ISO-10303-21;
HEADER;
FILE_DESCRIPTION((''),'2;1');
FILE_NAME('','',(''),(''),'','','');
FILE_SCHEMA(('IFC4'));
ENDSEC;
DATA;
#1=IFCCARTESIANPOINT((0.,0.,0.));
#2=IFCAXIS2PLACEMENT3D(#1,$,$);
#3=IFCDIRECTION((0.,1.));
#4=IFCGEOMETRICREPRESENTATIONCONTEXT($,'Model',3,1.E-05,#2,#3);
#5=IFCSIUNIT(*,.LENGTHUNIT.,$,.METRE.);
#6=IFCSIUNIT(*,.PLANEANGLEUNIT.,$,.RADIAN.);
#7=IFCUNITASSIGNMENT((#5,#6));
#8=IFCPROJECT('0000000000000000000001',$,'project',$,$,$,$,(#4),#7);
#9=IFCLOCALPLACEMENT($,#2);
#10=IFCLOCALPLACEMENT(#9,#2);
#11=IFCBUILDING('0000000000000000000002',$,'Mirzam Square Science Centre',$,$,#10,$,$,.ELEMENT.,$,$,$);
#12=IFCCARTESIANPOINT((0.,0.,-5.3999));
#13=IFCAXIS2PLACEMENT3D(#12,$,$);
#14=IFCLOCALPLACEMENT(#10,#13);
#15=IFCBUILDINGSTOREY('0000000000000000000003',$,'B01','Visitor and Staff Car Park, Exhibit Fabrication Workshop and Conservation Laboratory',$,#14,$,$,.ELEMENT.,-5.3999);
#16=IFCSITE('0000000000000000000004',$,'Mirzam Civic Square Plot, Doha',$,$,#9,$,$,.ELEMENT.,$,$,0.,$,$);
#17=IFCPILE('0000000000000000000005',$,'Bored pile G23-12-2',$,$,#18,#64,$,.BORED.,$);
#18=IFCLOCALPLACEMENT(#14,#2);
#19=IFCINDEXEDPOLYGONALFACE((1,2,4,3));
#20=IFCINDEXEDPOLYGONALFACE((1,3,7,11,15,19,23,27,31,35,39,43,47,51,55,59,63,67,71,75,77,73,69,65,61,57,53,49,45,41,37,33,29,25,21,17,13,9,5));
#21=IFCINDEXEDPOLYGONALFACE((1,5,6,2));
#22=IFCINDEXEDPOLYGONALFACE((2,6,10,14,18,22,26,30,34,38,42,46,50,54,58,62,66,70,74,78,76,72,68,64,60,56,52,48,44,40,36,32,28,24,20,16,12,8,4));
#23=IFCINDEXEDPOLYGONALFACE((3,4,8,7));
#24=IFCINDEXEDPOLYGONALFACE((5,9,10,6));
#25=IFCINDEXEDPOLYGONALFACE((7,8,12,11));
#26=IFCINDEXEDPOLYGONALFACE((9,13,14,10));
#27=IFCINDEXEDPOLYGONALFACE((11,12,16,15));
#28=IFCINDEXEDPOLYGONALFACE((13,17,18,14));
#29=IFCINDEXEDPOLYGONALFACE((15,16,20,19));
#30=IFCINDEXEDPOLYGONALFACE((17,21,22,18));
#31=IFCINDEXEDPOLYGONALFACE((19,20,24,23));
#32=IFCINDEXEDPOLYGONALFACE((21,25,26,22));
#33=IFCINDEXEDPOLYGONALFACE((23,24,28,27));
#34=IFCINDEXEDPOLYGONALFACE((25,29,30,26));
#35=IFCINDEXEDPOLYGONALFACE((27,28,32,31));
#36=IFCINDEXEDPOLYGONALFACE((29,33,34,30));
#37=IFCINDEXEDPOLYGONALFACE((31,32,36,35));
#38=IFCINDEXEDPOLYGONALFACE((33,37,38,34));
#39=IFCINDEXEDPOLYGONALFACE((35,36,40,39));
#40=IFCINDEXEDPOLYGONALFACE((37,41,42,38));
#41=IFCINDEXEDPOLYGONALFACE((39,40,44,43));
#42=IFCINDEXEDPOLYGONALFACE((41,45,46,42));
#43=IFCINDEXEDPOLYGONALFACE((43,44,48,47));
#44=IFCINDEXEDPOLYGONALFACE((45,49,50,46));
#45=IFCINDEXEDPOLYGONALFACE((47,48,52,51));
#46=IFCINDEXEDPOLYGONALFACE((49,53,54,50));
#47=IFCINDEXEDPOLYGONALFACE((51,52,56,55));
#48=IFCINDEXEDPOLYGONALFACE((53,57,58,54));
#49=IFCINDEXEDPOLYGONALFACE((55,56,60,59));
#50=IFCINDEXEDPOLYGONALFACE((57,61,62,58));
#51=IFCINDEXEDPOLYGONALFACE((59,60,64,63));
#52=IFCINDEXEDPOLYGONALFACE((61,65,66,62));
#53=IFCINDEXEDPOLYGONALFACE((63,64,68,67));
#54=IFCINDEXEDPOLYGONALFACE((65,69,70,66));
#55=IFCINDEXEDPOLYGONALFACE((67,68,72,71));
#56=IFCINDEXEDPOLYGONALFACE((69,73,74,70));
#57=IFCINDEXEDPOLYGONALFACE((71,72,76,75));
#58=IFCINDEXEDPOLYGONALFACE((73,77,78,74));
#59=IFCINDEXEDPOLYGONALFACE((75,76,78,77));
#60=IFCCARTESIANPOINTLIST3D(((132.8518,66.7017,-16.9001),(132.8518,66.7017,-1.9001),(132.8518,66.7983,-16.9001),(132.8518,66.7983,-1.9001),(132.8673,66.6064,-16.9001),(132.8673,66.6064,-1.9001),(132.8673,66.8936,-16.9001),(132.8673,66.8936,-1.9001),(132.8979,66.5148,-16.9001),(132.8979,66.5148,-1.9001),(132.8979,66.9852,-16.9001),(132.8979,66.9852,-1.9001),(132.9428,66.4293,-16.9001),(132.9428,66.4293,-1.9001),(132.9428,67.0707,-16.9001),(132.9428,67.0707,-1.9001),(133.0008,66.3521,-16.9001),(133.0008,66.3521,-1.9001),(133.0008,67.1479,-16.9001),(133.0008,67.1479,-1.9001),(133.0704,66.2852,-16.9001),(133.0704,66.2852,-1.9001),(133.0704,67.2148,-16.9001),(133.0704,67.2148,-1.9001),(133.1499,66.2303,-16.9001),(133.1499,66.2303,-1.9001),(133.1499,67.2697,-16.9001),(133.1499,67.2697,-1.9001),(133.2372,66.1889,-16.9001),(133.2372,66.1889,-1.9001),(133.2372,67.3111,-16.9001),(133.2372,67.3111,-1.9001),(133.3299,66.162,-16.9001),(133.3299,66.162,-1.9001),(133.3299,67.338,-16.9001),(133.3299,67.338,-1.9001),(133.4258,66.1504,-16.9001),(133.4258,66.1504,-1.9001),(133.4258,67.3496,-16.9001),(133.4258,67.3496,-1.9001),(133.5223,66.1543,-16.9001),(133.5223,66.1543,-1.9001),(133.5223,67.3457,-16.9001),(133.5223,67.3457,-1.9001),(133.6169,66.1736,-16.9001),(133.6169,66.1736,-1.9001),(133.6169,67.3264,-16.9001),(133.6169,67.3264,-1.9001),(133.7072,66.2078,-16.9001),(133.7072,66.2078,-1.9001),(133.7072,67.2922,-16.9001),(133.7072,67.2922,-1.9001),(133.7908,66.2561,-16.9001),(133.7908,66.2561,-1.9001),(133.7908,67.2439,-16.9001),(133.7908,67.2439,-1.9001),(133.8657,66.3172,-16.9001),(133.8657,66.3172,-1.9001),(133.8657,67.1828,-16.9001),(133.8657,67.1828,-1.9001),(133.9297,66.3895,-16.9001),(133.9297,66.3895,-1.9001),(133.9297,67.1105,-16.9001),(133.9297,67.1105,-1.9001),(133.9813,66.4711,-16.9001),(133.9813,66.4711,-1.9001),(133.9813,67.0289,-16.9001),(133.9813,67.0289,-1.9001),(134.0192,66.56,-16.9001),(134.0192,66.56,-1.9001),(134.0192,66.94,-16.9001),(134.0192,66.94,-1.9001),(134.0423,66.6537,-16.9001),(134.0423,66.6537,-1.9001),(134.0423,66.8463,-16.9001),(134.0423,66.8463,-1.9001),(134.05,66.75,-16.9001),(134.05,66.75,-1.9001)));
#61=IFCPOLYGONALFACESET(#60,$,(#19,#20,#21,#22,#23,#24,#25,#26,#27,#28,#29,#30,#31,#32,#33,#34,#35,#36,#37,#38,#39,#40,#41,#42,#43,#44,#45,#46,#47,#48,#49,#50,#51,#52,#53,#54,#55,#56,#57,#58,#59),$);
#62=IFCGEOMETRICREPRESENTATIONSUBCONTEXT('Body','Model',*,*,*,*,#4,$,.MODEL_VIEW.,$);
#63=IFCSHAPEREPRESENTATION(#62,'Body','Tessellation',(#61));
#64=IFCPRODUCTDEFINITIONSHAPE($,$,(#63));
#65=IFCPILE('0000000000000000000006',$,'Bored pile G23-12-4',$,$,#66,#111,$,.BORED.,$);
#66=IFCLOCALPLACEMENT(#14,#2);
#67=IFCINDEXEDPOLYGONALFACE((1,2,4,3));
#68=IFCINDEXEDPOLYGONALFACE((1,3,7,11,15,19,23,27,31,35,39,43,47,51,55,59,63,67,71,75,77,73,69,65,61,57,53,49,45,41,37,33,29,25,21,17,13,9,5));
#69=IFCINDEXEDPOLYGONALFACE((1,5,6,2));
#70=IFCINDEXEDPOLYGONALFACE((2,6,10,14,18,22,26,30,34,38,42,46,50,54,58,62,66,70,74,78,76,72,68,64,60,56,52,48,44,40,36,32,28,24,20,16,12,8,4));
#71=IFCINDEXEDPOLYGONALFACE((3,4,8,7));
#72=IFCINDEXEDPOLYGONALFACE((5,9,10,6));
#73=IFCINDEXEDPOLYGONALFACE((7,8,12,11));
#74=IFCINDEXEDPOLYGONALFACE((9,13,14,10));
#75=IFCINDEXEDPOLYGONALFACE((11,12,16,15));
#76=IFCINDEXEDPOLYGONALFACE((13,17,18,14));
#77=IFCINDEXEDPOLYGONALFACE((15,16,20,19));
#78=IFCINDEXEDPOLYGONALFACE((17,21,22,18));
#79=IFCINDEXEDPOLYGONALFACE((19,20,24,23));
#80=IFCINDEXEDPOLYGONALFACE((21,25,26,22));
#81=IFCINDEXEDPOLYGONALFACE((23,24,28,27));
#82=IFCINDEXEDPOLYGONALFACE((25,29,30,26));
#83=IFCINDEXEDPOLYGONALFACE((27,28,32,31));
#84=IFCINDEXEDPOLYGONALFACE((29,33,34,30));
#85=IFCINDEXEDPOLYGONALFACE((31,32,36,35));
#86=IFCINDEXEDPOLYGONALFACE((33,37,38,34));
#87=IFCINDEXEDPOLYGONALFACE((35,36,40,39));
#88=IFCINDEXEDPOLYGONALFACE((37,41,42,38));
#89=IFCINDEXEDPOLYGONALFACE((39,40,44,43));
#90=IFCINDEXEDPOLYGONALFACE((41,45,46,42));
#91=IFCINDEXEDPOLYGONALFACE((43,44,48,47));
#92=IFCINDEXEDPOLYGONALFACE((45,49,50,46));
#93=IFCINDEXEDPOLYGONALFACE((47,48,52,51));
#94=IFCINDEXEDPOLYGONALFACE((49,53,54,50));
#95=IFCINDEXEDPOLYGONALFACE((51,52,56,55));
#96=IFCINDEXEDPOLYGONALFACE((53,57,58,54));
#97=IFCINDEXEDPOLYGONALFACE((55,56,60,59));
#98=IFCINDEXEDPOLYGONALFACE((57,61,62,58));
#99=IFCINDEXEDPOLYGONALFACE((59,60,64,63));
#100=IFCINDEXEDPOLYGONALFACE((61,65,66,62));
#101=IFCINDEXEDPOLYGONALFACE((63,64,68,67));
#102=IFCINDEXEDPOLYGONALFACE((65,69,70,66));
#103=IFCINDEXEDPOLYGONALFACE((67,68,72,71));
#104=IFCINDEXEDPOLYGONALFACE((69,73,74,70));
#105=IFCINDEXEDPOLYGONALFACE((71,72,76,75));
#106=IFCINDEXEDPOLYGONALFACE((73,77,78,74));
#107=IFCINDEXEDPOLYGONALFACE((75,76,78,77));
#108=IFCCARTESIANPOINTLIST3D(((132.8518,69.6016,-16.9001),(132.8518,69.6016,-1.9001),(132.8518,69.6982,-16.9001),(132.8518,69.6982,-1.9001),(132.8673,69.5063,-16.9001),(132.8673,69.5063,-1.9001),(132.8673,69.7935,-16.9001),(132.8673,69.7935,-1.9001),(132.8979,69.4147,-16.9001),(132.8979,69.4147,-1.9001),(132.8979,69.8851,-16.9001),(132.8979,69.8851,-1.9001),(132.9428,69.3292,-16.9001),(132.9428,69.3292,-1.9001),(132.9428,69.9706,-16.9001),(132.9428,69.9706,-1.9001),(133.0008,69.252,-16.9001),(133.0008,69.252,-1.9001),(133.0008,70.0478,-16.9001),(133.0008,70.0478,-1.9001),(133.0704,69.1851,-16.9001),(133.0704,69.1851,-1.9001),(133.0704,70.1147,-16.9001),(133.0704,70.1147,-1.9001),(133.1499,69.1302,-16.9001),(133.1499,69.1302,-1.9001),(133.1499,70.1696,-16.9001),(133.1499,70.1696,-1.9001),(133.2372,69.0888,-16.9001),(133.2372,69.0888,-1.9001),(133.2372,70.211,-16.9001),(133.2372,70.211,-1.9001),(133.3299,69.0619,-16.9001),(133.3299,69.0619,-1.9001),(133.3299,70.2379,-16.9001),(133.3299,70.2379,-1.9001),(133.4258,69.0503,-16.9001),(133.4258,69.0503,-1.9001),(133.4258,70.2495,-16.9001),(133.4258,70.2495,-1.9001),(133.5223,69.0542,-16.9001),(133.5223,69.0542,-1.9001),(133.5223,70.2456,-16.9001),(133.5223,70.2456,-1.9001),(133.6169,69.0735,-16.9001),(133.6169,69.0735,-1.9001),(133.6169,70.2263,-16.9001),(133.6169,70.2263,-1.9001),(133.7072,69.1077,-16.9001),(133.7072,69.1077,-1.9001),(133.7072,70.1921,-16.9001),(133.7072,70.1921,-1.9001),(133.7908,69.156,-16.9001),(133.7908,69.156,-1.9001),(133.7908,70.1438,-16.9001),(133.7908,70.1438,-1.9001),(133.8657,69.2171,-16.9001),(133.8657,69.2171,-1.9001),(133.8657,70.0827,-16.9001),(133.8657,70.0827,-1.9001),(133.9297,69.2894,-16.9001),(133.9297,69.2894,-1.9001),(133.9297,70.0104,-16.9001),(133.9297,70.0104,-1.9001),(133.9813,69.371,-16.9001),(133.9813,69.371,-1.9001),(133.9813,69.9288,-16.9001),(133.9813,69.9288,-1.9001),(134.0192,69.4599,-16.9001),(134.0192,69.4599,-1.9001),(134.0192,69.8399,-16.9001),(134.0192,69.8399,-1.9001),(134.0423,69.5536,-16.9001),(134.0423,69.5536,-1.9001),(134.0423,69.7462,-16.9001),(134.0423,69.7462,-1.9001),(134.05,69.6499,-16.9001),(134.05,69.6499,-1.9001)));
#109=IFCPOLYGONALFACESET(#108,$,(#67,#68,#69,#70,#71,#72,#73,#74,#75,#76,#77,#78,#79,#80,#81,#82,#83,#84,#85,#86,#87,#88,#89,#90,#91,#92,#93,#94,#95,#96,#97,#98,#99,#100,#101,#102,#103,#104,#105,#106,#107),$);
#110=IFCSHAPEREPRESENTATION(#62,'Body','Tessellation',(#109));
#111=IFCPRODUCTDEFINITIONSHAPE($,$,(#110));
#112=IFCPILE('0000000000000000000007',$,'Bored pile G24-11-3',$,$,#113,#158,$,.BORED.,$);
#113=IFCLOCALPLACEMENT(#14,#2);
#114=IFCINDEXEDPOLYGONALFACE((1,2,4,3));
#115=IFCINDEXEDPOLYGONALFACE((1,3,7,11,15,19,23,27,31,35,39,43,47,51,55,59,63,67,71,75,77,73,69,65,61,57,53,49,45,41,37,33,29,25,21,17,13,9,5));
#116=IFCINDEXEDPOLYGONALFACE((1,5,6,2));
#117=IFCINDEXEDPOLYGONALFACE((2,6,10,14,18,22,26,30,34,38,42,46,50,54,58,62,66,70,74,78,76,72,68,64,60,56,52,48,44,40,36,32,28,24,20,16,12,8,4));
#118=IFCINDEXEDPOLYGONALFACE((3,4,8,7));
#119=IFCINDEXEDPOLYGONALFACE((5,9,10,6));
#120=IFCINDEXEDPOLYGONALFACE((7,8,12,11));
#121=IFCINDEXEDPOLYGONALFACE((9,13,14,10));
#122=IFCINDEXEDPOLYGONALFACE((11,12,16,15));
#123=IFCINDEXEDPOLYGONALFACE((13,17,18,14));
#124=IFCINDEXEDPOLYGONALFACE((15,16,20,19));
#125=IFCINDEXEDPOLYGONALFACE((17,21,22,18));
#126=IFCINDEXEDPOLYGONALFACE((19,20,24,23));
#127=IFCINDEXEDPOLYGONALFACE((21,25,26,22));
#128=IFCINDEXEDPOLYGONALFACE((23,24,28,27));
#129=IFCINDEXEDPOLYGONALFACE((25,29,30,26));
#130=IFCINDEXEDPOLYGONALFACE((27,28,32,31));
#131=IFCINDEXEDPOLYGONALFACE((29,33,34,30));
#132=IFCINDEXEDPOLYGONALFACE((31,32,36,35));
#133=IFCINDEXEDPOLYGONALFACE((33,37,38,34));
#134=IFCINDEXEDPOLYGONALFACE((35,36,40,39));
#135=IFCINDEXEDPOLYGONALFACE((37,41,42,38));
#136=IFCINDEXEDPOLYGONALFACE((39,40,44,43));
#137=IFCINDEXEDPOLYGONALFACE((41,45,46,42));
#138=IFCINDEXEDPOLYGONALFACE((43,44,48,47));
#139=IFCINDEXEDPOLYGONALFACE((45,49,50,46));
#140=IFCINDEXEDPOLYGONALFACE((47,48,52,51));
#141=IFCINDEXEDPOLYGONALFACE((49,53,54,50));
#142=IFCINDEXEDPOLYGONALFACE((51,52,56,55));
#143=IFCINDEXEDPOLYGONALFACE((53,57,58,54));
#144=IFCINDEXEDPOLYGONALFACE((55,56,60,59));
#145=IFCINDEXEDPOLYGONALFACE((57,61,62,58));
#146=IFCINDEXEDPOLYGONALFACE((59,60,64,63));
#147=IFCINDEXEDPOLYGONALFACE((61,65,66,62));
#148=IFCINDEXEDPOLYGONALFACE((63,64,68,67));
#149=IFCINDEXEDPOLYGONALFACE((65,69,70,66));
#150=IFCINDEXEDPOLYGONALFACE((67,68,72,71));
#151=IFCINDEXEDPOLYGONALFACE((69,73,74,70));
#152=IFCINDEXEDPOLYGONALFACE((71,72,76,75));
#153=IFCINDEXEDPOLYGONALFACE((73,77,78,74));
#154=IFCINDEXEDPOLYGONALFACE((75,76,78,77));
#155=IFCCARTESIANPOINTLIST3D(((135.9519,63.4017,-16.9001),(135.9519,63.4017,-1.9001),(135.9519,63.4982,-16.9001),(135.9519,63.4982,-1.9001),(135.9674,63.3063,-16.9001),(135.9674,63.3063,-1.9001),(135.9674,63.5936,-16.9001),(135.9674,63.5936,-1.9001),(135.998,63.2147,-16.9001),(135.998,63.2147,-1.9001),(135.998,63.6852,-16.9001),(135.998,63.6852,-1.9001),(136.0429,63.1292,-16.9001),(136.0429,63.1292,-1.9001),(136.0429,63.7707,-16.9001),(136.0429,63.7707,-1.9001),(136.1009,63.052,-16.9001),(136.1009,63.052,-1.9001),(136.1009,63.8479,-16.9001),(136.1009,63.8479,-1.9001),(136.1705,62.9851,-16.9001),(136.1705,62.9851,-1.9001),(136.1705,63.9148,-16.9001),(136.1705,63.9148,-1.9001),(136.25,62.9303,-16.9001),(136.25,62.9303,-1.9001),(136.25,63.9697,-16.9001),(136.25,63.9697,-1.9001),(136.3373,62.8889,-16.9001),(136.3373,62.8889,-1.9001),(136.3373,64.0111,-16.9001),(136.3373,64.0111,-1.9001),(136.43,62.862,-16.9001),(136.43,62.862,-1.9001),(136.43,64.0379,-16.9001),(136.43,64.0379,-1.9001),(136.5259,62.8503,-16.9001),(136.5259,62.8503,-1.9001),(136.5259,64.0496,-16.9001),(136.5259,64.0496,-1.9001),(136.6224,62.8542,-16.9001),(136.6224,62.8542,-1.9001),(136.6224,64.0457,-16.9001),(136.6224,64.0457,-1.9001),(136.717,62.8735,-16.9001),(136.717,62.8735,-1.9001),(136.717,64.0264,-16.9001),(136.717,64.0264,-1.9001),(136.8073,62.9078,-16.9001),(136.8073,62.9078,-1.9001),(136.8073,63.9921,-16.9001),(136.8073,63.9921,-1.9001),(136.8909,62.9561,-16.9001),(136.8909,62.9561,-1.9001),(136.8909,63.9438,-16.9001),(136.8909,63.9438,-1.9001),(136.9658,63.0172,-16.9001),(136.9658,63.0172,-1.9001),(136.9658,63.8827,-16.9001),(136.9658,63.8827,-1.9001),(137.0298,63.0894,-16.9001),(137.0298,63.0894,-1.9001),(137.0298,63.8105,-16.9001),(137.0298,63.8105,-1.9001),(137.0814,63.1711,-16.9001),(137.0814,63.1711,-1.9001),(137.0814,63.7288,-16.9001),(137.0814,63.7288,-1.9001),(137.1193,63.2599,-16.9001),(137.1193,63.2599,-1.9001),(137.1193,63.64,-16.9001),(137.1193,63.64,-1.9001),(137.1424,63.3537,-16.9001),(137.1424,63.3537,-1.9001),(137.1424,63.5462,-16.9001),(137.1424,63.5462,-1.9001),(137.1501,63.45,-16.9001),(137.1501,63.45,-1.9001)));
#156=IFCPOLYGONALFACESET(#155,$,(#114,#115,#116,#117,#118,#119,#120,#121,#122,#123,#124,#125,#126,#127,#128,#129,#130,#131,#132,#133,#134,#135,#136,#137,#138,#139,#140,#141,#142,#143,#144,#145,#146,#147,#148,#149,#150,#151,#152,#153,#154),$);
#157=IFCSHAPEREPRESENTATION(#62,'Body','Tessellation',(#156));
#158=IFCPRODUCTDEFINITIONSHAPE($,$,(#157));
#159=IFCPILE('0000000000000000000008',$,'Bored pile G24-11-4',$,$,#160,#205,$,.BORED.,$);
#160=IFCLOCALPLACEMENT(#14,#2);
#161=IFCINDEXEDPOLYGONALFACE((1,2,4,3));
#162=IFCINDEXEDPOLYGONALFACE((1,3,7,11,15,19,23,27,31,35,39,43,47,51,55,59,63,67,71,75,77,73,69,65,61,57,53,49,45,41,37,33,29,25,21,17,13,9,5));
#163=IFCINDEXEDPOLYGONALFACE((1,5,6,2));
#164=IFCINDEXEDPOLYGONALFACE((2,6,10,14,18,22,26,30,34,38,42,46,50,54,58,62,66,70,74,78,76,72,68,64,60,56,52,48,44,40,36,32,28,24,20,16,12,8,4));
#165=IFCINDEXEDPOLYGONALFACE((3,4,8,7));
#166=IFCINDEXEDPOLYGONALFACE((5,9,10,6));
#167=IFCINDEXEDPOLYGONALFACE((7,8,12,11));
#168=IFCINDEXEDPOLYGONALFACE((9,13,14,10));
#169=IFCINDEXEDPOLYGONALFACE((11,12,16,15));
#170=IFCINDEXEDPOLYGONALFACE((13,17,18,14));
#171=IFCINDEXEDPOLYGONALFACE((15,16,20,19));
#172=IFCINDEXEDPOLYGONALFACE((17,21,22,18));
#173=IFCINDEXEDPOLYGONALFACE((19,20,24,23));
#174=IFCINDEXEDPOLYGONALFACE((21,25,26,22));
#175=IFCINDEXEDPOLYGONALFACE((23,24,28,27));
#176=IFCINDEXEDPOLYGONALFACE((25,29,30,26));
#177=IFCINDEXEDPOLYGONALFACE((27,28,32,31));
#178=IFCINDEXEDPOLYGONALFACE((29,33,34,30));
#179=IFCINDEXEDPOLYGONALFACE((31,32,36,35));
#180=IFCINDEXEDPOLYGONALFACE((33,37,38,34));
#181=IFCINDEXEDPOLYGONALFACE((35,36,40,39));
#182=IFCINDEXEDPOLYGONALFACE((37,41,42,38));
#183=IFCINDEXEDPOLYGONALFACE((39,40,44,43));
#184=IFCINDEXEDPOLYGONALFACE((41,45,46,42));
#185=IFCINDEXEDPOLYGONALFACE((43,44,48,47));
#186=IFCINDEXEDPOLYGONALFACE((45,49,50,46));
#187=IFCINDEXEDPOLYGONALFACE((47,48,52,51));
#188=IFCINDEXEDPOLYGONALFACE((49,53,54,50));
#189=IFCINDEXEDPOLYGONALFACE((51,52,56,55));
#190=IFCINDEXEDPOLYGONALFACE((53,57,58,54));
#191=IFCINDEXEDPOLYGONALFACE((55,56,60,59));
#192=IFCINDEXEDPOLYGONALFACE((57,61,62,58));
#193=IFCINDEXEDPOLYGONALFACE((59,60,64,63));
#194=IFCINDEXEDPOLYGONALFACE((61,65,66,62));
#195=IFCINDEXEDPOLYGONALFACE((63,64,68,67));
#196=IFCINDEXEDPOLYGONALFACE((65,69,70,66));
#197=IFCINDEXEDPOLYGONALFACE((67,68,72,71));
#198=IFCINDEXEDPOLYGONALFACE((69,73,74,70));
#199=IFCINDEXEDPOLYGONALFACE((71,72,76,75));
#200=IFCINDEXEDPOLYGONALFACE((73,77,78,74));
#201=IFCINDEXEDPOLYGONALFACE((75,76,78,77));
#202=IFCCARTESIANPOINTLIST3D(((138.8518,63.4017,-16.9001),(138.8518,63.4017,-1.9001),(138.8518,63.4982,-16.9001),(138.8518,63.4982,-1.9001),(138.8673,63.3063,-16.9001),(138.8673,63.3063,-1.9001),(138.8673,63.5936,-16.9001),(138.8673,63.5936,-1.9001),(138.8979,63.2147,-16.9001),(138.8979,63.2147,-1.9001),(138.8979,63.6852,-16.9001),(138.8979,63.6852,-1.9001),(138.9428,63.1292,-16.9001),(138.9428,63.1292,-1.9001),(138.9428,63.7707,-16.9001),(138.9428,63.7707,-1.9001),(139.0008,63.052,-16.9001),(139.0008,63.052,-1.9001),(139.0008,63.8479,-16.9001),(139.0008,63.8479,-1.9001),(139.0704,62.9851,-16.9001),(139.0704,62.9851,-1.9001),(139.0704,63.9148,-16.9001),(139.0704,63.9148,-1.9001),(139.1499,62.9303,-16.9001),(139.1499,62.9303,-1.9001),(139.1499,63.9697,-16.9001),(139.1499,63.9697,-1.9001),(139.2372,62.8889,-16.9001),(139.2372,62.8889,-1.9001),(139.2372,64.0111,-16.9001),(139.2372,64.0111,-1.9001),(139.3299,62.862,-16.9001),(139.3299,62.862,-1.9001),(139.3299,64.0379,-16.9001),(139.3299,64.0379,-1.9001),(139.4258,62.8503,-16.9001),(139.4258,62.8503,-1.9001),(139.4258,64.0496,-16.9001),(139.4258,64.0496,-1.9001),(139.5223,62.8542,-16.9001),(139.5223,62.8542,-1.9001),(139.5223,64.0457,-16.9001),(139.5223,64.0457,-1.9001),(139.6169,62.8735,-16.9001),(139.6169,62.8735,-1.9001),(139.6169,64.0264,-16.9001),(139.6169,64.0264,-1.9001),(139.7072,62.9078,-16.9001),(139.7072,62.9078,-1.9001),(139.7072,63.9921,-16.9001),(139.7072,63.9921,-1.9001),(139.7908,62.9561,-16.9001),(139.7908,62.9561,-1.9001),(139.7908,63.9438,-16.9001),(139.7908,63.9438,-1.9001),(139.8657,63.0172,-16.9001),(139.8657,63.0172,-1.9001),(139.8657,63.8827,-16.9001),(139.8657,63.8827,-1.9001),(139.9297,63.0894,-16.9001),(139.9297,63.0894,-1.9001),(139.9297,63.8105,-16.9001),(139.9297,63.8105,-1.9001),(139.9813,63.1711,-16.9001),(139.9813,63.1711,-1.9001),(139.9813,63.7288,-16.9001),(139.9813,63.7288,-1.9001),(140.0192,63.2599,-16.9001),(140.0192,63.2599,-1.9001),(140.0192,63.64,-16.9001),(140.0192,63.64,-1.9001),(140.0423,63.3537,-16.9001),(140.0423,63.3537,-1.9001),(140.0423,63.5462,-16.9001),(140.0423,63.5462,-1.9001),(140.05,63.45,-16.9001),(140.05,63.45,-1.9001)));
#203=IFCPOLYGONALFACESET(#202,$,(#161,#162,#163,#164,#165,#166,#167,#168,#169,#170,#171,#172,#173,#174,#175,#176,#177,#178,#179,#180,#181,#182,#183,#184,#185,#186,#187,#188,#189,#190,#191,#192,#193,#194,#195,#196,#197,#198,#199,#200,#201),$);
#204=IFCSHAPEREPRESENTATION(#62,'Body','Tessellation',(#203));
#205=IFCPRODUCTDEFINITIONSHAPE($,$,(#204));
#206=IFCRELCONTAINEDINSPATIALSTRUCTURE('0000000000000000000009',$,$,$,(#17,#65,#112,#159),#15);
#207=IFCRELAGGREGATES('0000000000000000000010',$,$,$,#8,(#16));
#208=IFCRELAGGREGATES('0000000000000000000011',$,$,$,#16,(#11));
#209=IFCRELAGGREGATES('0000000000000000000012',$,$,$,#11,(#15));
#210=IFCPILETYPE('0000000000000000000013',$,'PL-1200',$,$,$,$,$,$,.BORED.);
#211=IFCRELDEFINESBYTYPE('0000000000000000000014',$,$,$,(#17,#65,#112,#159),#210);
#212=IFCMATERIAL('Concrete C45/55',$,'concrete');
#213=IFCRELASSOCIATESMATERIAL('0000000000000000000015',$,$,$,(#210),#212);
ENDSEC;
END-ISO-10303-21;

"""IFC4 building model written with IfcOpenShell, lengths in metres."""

from ifc_helpers import new_model, si_unit, direction, frame, origin, origin_2d, place, context, subcontext, project, spatial, circle, extrude, material, material_profile, profile_set, type_object, element, save


model = new_model("IFC4")

# Units and contexts
model_context = context("Model", 3, precision=1e-05, world=origin(), true_north=direction((0.0, 1.0)))
body_context = subcontext(model_context, "Body", "Model", "MODEL_VIEW")
ifc_project = project(units=[si_unit("LENGTHUNIT", "METRE"), si_unit("PLANEANGLEUNIT", "RADIAN")], contexts=[model_context])

# Site, building, storey
site_placement = place(None, origin())
site = spatial("IfcSite", under=ifc_project, at=site_placement, Name="Mirzam Civic Square Plot, Doha", CompositionType="ELEMENT", RefElevation=0.0)
building_placement = place(site_placement, origin())
building = spatial("IfcBuilding", under=site, at=building_placement, Name="Mirzam Square Science Centre", CompositionType="ELEMENT")
storey_placement = place(building_placement, frame((0.0, 0.0, -5.3999)))
storey = spatial("IfcBuildingStorey", under=building, at=storey_placement, Name="B01", Description="Visitor and Staff Car Park, Exhibit Fabrication Workshop and Conservation Laboratory", CompositionType="ELEMENT", Elevation=-5.3999)

# Shared definitions
ifc_material_1 = material(Name="Concrete C45/55", Category="concrete")

# Piles
ifc_material_profile_1 = material_profile(ifc_material_1, circle(Radius=0.6001, at=origin_2d()), Name="PILE-D1200")
ifc_profile_set_1 = profile_set([ifc_material_profile_1], Name="Concrete C45/55")
pile_type_1 = type_object("IfcPileType", Name="PL-1200", PredefinedType="BORED", material=ifc_profile_set_1)
for number, where, z_axis, x_axis, name in (
    (1, (133.45, 66.75, -1.9001), (0.0, 0.0, -1.0), (1.0, 0.0, 0.0), "Bored pile G23-12-2"),
    (2, (133.45, 69.6499, -1.9001), (0.0, 0.0, -1.0), (1.0, 0.0, 0.0), "Bored pile G23-12-4"),
    (3, (136.55, 63.45, -1.9001), (0.0, 0.0, -1.0), (1.0, 0.0, 0.0), "Bored pile G24-11-3"),
    (4, (139.45, 63.45, -1.9001), (0.0, 0.0, -1.0), (1.0, 0.0, 0.0), "Bored pile G24-11-4"),
):
    element("IfcPile", number, at=place(storey_placement, frame(where, z_axis=z_axis, x_axis=x_axis)), inside=storey, type_object=pile_type_1, Name=name, PredefinedType="BORED", context=body_context, shape_type="SweptSolid", body=[
        extrude(circle(Radius=0.6001, at=origin_2d()), origin(), (0.0, 0.0, 1.0), 15.0),
    ])

save(model, "model.ifc")
